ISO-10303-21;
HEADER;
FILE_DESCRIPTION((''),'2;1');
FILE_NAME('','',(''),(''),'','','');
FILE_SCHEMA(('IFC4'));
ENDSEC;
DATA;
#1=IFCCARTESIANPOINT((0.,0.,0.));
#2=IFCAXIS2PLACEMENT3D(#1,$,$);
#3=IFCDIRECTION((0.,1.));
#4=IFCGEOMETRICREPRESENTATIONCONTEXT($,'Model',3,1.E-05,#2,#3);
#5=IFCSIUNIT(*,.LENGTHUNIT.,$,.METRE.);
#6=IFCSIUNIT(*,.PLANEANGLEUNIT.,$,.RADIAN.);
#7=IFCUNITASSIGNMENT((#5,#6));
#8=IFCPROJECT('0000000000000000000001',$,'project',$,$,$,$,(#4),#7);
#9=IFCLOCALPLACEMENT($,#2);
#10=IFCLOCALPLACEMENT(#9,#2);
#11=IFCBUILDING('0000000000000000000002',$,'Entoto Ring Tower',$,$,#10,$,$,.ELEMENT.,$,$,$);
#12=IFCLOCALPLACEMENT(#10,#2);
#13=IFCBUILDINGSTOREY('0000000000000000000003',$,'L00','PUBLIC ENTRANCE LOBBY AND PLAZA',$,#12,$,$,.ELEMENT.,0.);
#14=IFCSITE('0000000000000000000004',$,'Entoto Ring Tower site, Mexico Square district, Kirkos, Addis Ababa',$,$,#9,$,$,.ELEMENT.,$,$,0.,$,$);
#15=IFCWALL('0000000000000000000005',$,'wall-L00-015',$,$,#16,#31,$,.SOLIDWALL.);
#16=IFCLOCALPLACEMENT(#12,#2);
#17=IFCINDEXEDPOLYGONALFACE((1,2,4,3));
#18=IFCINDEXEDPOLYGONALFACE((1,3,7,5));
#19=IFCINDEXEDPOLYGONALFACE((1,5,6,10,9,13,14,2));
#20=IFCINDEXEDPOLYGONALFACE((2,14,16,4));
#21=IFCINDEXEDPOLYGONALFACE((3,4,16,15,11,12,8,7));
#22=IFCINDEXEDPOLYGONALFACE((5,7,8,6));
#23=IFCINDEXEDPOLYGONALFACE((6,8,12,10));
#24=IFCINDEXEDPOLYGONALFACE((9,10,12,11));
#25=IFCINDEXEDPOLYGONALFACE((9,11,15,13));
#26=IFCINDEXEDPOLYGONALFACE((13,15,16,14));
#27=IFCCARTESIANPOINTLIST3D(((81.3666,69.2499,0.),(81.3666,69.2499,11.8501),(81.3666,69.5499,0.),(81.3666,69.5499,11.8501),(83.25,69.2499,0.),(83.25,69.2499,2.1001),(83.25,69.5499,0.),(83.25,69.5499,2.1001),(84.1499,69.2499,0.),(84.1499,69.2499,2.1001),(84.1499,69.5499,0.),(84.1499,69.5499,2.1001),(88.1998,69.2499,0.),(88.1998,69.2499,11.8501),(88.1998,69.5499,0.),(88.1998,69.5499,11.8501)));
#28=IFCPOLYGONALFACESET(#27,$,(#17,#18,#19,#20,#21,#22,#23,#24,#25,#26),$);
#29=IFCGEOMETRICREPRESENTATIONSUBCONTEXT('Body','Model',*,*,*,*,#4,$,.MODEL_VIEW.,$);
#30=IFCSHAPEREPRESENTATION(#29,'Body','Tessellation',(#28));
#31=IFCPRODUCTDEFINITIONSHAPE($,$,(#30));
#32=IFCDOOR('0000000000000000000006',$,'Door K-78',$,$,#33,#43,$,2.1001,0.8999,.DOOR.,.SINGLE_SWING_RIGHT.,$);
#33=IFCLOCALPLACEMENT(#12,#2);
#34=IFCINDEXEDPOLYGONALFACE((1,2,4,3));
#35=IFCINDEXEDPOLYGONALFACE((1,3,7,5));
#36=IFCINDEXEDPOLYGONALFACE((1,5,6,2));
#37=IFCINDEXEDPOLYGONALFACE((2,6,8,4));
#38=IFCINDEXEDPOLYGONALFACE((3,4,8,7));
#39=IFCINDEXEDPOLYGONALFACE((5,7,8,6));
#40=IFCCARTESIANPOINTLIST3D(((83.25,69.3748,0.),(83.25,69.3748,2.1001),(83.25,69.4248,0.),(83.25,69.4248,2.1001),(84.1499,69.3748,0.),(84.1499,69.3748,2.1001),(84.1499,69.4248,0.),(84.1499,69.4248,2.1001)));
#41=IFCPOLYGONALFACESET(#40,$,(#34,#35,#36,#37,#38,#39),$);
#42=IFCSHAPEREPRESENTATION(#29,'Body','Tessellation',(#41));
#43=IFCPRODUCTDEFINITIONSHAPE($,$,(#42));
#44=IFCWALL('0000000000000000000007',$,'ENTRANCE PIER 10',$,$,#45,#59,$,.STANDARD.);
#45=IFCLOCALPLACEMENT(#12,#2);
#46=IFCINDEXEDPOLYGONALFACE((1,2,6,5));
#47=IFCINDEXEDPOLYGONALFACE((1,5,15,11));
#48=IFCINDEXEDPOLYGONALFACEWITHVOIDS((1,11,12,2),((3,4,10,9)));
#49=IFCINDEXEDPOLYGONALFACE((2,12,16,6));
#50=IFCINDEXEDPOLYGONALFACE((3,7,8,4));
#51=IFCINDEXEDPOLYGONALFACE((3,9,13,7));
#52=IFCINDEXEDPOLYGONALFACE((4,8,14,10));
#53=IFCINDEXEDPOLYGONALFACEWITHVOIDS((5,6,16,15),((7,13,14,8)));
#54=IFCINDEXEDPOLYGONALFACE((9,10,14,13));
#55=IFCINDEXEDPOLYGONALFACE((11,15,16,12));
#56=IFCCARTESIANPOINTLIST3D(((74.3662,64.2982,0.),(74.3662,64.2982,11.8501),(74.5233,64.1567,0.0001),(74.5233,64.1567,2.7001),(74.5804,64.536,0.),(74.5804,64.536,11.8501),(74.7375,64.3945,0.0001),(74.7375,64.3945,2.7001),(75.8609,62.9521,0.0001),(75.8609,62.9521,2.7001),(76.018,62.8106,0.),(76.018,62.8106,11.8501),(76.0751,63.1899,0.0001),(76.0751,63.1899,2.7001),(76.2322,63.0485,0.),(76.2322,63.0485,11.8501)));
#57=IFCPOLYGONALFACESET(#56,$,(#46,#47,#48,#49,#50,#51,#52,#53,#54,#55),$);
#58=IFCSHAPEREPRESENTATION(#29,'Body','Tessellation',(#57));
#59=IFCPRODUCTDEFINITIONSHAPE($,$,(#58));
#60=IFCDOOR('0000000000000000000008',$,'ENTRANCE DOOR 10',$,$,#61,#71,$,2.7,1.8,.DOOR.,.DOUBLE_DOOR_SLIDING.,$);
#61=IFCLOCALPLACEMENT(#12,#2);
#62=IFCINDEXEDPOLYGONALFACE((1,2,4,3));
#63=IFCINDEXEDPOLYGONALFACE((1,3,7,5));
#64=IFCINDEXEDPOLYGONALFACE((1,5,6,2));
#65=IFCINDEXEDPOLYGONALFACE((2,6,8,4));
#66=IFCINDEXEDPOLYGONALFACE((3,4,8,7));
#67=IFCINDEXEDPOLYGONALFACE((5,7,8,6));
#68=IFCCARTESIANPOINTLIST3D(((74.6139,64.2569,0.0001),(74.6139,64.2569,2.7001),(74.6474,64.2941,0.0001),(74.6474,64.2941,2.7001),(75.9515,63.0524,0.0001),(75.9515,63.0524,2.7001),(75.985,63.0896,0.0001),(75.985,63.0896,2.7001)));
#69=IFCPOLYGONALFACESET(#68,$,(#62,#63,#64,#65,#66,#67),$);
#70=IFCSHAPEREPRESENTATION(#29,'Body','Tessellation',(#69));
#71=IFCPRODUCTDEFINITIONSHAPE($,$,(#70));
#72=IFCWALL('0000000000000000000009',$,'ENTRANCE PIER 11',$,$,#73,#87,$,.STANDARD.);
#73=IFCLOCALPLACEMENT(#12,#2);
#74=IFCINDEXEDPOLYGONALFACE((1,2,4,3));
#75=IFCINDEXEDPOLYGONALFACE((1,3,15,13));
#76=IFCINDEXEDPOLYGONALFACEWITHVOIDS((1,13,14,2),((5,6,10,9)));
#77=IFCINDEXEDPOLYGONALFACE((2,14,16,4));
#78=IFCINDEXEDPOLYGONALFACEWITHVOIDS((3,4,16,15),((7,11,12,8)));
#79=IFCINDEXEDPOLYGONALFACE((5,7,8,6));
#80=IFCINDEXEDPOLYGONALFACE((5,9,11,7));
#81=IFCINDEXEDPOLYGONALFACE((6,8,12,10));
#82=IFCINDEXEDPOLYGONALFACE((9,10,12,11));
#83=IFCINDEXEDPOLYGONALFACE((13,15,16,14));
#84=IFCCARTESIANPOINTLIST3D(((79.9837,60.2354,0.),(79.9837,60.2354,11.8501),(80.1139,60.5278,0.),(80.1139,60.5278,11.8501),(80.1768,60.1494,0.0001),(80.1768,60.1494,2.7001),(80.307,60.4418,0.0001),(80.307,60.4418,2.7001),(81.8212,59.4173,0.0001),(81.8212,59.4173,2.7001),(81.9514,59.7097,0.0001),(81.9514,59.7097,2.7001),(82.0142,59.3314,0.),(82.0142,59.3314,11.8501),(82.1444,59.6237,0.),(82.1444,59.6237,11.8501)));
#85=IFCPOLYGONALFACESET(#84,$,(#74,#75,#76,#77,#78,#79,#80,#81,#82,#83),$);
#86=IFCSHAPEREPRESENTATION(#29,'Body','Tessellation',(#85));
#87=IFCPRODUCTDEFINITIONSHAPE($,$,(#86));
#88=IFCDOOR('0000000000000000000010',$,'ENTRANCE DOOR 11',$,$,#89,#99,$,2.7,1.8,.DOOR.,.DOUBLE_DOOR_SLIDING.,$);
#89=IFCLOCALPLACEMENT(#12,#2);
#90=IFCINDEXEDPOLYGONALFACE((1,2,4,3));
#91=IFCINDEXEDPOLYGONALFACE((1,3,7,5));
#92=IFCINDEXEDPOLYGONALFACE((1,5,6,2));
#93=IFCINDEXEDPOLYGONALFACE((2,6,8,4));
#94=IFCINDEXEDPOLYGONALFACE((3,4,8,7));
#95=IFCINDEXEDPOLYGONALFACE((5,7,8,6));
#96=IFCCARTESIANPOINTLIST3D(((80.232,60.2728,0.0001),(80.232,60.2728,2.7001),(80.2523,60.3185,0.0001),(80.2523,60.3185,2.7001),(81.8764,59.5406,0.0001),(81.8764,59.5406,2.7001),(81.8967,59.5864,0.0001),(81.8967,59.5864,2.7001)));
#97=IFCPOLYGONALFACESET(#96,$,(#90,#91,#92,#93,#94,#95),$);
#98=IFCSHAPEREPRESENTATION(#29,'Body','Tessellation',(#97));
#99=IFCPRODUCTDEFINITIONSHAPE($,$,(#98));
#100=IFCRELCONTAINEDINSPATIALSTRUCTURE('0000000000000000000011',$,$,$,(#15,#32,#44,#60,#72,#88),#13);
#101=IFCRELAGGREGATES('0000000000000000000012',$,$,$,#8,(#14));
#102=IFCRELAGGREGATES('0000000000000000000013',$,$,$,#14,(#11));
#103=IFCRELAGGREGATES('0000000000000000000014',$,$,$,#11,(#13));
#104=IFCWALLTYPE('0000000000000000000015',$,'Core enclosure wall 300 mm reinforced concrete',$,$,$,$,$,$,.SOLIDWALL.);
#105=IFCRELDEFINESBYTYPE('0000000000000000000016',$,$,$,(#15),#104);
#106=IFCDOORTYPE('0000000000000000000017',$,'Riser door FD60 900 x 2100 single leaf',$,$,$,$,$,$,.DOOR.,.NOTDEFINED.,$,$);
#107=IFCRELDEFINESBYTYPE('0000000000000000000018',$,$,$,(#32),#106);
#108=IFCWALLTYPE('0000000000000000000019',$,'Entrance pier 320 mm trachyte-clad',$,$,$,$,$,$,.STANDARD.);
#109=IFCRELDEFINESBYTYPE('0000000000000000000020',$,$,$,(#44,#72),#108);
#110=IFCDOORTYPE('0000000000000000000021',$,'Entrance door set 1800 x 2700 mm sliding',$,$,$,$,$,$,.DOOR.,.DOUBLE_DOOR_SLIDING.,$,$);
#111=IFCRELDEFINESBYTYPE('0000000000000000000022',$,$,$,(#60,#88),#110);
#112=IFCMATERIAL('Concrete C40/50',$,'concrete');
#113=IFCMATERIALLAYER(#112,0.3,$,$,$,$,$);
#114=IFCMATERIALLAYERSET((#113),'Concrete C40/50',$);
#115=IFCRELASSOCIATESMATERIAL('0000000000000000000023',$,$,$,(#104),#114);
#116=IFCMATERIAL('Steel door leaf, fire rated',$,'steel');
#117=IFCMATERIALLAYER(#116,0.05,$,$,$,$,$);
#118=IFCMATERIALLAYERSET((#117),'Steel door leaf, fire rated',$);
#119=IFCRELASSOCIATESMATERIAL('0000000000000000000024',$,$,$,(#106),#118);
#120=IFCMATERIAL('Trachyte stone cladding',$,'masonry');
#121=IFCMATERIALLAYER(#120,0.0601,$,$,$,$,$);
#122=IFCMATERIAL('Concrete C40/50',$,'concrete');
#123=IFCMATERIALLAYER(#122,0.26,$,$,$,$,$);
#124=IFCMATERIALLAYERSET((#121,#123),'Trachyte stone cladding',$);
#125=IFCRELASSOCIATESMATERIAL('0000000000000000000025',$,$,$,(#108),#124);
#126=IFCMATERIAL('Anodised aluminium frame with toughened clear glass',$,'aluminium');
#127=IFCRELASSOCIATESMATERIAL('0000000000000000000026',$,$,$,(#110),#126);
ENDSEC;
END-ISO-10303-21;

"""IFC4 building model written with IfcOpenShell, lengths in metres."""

from ifc_helpers import new_model, si_unit, direction, frame, frame_2d, origin, place, context, subcontext, project, spatial, rectangle, extrude, material, layer, layer_set, type_object, element, fill, save


model = new_model("IFC4")

# Units and contexts
model_context = context("Model", 3, precision=1e-05, world=origin(), true_north=direction((0.0, 1.0)))
body_context = subcontext(model_context, "Body", "Model", "MODEL_VIEW")
ifc_project = project(units=[si_unit("LENGTHUNIT", "METRE"), si_unit("PLANEANGLEUNIT", "RADIAN")], contexts=[model_context])

# Site, building, storey
site_placement = place(None, origin())
site = spatial("IfcSite", under=ifc_project, at=site_placement, Name="Entoto Ring Tower site, Mexico Square district, Kirkos, Addis Ababa", CompositionType="ELEMENT", RefElevation=0.0)
building_placement = place(site_placement, origin())
building = spatial("IfcBuilding", under=site, at=building_placement, Name="Entoto Ring Tower", CompositionType="ELEMENT")
storey_placement = place(building_placement, origin())
storey = spatial("IfcBuildingStorey", under=building, at=storey_placement, Name="L00", Description="PUBLIC ENTRANCE LOBBY AND PLAZA", CompositionType="ELEMENT", Elevation=0.0)

# Walls, openings, doors
ifc_material_1 = material(Name="Concrete C40/50", Category="concrete")
ifc_layer_1 = layer(ifc_material_1, 0.3)
ifc_layer_set_1 = layer_set([ifc_layer_1], Name="Concrete C40/50")
wall_type_1 = type_object("IfcWallType", Name="Core enclosure wall 300 mm reinforced concrete", PredefinedType="SOLIDWALL", material=ifc_layer_set_1)
wall_1_placement = place(storey_placement, frame((81.3667, 69.3999, 0.0), z_axis=(0.0, 0.0, 1.0), x_axis=(1.0, 0.0, 0.0)))
wall_1 = element("IfcWall", 1, at=wall_1_placement, inside=storey, type_object=wall_type_1, Name="wall-L00-015", PredefinedType="SOLIDWALL", context=body_context, shape_type="SweptSolid", body=[
    extrude(rectangle(XDim=6.8333, YDim=0.3, at=frame_2d((3.4165, 0.0))), origin(), (0.0, 0.0, 1.0), 11.8501),
])
opening_1_placement = place(wall_1_placement, frame((1.8833, 0.0, 0.0)))
opening_1 = element("IfcOpeningElement", 2, at=opening_1_placement, cuts=wall_1, PredefinedType="OPENING", context=body_context, shape_type="SweptSolid", body=[
    extrude(rectangle(XDim=0.8999, YDim=2.1001, at=frame_2d((0.45, 1.05))), frame((0.0, 0.1602, 0.0), z_axis=(0.0, -1.0, 0.0), x_axis=(1.0, 0.0, 0.0)), (0.0, 0.0, 1.0), 0.3201),
])
ifc_material_2 = material(Name="Steel door leaf, fire rated", Category="steel")
ifc_layer_2 = layer(ifc_material_2, 0.05)
ifc_layer_set_2 = layer_set([ifc_layer_2], Name="Steel door leaf, fire rated")
door_type_1 = type_object("IfcDoorType", Name="Riser door FD60 900 x 2100 single leaf", OperationType="NOTDEFINED", PredefinedType="DOOR", material=ifc_layer_set_2)
door_1_placement = place(opening_1_placement, origin())
door_1 = element("IfcDoor", 3, at=door_1_placement, inside=storey, type_object=door_type_1, Name="Door K-78", OperationType="SINGLE_SWING_RIGHT", OverallHeight=2.1001, OverallWidth=0.8999, PredefinedType="DOOR", context=body_context, shape_type="SweptSolid", body=[
    extrude(rectangle(XDim=0.8999, YDim=2.1001, at=frame_2d((0.45, 1.05))), frame((0.0, 0.0249, 0.0), z_axis=(0.0, -1.0, 0.0), x_axis=(1.0, 0.0, 0.0)), (0.0, 0.0, 1.0), 0.05),
])
fill(opening_1, door_1)
ifc_material_3 = material(Name="Trachyte stone cladding", Category="masonry")
ifc_layer_3 = layer(ifc_material_3, 0.0601)
ifc_material_4 = material(Name="Concrete C40/50", Category="concrete")
ifc_layer_4 = layer(ifc_material_4, 0.26)
ifc_layer_set_3 = layer_set([ifc_layer_3, ifc_layer_4], Name="Trachyte stone cladding")
wall_type_2 = type_object("IfcWallType", Name="Entrance pier 320 mm trachyte-clad", PredefinedType="STANDARD", material=ifc_layer_set_3)
wall_2_placement = place(storey_placement, frame((74.4734, 64.417, 0.0), z_axis=(0.0, 0.0, 1.0), x_axis=(0.743098, -0.669183, 0.0)))
wall_2 = element("IfcWall", 4, at=wall_2_placement, inside=storey, type_object=wall_type_2, Name="ENTRANCE PIER 10", PredefinedType="STANDARD", context=body_context, shape_type="SweptSolid", body=[
    extrude(rectangle(XDim=2.2229, YDim=0.3201, at=frame_2d((1.1113, 0.0))), origin(), (0.0, 0.0, 1.0), 11.8501),
])
opening_2_placement = place(wall_2_placement, frame((0.2114, 0.0, 0.0)))
opening_2 = element("IfcOpeningElement", 5, at=opening_2_placement, cuts=wall_2, PredefinedType="OPENING", context=body_context, shape_type="SweptSolid", body=[
    extrude(rectangle(XDim=1.8, YDim=2.7, at=frame_2d((0.8999, 1.3501))), frame((0.0, 0.1699, 0.0), z_axis=(0.0, -1.0, 0.0), x_axis=(1.0, 0.0, 0.0)), (0.0, 0.0, 1.0), 0.3401),
])
ifc_material_5 = material(Name="Anodised aluminium frame with toughened clear glass", Category="aluminium")
door_type_2 = type_object("IfcDoorType", Name="Entrance door set 1800 x 2700 mm sliding", OperationType="DOUBLE_DOOR_SLIDING", PredefinedType="DOOR", material=ifc_material_5)
door_2_placement = place(opening_2_placement, frame((1.8, 0.0, 0.0), z_axis=(0.0, 0.0, 1.0), x_axis=(-1.0, 0.0, 0.0)))
door_2 = element("IfcDoor", 6, at=door_2_placement, inside=storey, type_object=door_type_2, Name="ENTRANCE DOOR 10", OperationType="DOUBLE_DOOR_SLIDING", OverallHeight=2.7, OverallWidth=1.8, PredefinedType="DOOR", context=body_context, shape_type="SweptSolid", body=[
    extrude(rectangle(XDim=1.8, YDim=2.7, at=frame_2d((0.8999, 1.3501))), frame((0.0, 0.0249, 0.0), z_axis=(0.0, -1.0, 0.0), x_axis=(1.0, 0.0, 0.0)), (0.0, 0.0, 1.0), 0.05),
])
fill(opening_2, door_2)
wall_3_placement = place(storey_placement, frame((80.0488, 60.3816, 0.0), z_axis=(0.0, 0.0, 1.0), x_axis=(0.913544, -0.40674, 0.0)))
wall_3 = element("IfcWall", 7, at=wall_3_placement, inside=storey, type_object=wall_type_2, Name="ENTRANCE PIER 11", PredefinedType="STANDARD", context=body_context, shape_type="SweptSolid", body=[
    extrude(rectangle(XDim=2.2227, YDim=0.3201, at=frame_2d((1.1113, 0.0))), origin(), (0.0, 0.0, 1.0), 11.8501),
])
opening_3_placement = place(wall_3_placement, frame((0.2114, 0.0, 0.0)))
opening_3 = element("IfcOpeningElement", 8, at=opening_3_placement, cuts=wall_3, PredefinedType="OPENING", context=body_context, shape_type="SweptSolid", body=[
    extrude(rectangle(XDim=1.8, YDim=2.7, at=frame_2d((0.8999, 1.3501))), frame((0.0, 0.1699, 0.0), z_axis=(0.0, -1.0, 0.0), x_axis=(1.0, 0.0, 0.0)), (0.0, 0.0, 1.0), 0.3401),
])
door_3_placement = place(opening_3_placement, frame((1.8, 0.0, 0.0), z_axis=(0.0, 0.0, 1.0), x_axis=(-1.0, 0.0, 0.0)))
door_3 = element("IfcDoor", 9, at=door_3_placement, inside=storey, type_object=door_type_2, Name="ENTRANCE DOOR 11", OperationType="DOUBLE_DOOR_SLIDING", OverallHeight=2.7, OverallWidth=1.8, PredefinedType="DOOR", context=body_context, shape_type="SweptSolid", body=[
    extrude(rectangle(XDim=1.8, YDim=2.7, at=frame_2d((0.8999, 1.3501))), frame((0.0, 0.0249, 0.0), z_axis=(0.0, -1.0, 0.0), x_axis=(1.0, 0.0, 0.0)), (0.0, 0.0, 1.0), 0.05),
])
fill(opening_3, door_3)

save(model, "model.ifc")
